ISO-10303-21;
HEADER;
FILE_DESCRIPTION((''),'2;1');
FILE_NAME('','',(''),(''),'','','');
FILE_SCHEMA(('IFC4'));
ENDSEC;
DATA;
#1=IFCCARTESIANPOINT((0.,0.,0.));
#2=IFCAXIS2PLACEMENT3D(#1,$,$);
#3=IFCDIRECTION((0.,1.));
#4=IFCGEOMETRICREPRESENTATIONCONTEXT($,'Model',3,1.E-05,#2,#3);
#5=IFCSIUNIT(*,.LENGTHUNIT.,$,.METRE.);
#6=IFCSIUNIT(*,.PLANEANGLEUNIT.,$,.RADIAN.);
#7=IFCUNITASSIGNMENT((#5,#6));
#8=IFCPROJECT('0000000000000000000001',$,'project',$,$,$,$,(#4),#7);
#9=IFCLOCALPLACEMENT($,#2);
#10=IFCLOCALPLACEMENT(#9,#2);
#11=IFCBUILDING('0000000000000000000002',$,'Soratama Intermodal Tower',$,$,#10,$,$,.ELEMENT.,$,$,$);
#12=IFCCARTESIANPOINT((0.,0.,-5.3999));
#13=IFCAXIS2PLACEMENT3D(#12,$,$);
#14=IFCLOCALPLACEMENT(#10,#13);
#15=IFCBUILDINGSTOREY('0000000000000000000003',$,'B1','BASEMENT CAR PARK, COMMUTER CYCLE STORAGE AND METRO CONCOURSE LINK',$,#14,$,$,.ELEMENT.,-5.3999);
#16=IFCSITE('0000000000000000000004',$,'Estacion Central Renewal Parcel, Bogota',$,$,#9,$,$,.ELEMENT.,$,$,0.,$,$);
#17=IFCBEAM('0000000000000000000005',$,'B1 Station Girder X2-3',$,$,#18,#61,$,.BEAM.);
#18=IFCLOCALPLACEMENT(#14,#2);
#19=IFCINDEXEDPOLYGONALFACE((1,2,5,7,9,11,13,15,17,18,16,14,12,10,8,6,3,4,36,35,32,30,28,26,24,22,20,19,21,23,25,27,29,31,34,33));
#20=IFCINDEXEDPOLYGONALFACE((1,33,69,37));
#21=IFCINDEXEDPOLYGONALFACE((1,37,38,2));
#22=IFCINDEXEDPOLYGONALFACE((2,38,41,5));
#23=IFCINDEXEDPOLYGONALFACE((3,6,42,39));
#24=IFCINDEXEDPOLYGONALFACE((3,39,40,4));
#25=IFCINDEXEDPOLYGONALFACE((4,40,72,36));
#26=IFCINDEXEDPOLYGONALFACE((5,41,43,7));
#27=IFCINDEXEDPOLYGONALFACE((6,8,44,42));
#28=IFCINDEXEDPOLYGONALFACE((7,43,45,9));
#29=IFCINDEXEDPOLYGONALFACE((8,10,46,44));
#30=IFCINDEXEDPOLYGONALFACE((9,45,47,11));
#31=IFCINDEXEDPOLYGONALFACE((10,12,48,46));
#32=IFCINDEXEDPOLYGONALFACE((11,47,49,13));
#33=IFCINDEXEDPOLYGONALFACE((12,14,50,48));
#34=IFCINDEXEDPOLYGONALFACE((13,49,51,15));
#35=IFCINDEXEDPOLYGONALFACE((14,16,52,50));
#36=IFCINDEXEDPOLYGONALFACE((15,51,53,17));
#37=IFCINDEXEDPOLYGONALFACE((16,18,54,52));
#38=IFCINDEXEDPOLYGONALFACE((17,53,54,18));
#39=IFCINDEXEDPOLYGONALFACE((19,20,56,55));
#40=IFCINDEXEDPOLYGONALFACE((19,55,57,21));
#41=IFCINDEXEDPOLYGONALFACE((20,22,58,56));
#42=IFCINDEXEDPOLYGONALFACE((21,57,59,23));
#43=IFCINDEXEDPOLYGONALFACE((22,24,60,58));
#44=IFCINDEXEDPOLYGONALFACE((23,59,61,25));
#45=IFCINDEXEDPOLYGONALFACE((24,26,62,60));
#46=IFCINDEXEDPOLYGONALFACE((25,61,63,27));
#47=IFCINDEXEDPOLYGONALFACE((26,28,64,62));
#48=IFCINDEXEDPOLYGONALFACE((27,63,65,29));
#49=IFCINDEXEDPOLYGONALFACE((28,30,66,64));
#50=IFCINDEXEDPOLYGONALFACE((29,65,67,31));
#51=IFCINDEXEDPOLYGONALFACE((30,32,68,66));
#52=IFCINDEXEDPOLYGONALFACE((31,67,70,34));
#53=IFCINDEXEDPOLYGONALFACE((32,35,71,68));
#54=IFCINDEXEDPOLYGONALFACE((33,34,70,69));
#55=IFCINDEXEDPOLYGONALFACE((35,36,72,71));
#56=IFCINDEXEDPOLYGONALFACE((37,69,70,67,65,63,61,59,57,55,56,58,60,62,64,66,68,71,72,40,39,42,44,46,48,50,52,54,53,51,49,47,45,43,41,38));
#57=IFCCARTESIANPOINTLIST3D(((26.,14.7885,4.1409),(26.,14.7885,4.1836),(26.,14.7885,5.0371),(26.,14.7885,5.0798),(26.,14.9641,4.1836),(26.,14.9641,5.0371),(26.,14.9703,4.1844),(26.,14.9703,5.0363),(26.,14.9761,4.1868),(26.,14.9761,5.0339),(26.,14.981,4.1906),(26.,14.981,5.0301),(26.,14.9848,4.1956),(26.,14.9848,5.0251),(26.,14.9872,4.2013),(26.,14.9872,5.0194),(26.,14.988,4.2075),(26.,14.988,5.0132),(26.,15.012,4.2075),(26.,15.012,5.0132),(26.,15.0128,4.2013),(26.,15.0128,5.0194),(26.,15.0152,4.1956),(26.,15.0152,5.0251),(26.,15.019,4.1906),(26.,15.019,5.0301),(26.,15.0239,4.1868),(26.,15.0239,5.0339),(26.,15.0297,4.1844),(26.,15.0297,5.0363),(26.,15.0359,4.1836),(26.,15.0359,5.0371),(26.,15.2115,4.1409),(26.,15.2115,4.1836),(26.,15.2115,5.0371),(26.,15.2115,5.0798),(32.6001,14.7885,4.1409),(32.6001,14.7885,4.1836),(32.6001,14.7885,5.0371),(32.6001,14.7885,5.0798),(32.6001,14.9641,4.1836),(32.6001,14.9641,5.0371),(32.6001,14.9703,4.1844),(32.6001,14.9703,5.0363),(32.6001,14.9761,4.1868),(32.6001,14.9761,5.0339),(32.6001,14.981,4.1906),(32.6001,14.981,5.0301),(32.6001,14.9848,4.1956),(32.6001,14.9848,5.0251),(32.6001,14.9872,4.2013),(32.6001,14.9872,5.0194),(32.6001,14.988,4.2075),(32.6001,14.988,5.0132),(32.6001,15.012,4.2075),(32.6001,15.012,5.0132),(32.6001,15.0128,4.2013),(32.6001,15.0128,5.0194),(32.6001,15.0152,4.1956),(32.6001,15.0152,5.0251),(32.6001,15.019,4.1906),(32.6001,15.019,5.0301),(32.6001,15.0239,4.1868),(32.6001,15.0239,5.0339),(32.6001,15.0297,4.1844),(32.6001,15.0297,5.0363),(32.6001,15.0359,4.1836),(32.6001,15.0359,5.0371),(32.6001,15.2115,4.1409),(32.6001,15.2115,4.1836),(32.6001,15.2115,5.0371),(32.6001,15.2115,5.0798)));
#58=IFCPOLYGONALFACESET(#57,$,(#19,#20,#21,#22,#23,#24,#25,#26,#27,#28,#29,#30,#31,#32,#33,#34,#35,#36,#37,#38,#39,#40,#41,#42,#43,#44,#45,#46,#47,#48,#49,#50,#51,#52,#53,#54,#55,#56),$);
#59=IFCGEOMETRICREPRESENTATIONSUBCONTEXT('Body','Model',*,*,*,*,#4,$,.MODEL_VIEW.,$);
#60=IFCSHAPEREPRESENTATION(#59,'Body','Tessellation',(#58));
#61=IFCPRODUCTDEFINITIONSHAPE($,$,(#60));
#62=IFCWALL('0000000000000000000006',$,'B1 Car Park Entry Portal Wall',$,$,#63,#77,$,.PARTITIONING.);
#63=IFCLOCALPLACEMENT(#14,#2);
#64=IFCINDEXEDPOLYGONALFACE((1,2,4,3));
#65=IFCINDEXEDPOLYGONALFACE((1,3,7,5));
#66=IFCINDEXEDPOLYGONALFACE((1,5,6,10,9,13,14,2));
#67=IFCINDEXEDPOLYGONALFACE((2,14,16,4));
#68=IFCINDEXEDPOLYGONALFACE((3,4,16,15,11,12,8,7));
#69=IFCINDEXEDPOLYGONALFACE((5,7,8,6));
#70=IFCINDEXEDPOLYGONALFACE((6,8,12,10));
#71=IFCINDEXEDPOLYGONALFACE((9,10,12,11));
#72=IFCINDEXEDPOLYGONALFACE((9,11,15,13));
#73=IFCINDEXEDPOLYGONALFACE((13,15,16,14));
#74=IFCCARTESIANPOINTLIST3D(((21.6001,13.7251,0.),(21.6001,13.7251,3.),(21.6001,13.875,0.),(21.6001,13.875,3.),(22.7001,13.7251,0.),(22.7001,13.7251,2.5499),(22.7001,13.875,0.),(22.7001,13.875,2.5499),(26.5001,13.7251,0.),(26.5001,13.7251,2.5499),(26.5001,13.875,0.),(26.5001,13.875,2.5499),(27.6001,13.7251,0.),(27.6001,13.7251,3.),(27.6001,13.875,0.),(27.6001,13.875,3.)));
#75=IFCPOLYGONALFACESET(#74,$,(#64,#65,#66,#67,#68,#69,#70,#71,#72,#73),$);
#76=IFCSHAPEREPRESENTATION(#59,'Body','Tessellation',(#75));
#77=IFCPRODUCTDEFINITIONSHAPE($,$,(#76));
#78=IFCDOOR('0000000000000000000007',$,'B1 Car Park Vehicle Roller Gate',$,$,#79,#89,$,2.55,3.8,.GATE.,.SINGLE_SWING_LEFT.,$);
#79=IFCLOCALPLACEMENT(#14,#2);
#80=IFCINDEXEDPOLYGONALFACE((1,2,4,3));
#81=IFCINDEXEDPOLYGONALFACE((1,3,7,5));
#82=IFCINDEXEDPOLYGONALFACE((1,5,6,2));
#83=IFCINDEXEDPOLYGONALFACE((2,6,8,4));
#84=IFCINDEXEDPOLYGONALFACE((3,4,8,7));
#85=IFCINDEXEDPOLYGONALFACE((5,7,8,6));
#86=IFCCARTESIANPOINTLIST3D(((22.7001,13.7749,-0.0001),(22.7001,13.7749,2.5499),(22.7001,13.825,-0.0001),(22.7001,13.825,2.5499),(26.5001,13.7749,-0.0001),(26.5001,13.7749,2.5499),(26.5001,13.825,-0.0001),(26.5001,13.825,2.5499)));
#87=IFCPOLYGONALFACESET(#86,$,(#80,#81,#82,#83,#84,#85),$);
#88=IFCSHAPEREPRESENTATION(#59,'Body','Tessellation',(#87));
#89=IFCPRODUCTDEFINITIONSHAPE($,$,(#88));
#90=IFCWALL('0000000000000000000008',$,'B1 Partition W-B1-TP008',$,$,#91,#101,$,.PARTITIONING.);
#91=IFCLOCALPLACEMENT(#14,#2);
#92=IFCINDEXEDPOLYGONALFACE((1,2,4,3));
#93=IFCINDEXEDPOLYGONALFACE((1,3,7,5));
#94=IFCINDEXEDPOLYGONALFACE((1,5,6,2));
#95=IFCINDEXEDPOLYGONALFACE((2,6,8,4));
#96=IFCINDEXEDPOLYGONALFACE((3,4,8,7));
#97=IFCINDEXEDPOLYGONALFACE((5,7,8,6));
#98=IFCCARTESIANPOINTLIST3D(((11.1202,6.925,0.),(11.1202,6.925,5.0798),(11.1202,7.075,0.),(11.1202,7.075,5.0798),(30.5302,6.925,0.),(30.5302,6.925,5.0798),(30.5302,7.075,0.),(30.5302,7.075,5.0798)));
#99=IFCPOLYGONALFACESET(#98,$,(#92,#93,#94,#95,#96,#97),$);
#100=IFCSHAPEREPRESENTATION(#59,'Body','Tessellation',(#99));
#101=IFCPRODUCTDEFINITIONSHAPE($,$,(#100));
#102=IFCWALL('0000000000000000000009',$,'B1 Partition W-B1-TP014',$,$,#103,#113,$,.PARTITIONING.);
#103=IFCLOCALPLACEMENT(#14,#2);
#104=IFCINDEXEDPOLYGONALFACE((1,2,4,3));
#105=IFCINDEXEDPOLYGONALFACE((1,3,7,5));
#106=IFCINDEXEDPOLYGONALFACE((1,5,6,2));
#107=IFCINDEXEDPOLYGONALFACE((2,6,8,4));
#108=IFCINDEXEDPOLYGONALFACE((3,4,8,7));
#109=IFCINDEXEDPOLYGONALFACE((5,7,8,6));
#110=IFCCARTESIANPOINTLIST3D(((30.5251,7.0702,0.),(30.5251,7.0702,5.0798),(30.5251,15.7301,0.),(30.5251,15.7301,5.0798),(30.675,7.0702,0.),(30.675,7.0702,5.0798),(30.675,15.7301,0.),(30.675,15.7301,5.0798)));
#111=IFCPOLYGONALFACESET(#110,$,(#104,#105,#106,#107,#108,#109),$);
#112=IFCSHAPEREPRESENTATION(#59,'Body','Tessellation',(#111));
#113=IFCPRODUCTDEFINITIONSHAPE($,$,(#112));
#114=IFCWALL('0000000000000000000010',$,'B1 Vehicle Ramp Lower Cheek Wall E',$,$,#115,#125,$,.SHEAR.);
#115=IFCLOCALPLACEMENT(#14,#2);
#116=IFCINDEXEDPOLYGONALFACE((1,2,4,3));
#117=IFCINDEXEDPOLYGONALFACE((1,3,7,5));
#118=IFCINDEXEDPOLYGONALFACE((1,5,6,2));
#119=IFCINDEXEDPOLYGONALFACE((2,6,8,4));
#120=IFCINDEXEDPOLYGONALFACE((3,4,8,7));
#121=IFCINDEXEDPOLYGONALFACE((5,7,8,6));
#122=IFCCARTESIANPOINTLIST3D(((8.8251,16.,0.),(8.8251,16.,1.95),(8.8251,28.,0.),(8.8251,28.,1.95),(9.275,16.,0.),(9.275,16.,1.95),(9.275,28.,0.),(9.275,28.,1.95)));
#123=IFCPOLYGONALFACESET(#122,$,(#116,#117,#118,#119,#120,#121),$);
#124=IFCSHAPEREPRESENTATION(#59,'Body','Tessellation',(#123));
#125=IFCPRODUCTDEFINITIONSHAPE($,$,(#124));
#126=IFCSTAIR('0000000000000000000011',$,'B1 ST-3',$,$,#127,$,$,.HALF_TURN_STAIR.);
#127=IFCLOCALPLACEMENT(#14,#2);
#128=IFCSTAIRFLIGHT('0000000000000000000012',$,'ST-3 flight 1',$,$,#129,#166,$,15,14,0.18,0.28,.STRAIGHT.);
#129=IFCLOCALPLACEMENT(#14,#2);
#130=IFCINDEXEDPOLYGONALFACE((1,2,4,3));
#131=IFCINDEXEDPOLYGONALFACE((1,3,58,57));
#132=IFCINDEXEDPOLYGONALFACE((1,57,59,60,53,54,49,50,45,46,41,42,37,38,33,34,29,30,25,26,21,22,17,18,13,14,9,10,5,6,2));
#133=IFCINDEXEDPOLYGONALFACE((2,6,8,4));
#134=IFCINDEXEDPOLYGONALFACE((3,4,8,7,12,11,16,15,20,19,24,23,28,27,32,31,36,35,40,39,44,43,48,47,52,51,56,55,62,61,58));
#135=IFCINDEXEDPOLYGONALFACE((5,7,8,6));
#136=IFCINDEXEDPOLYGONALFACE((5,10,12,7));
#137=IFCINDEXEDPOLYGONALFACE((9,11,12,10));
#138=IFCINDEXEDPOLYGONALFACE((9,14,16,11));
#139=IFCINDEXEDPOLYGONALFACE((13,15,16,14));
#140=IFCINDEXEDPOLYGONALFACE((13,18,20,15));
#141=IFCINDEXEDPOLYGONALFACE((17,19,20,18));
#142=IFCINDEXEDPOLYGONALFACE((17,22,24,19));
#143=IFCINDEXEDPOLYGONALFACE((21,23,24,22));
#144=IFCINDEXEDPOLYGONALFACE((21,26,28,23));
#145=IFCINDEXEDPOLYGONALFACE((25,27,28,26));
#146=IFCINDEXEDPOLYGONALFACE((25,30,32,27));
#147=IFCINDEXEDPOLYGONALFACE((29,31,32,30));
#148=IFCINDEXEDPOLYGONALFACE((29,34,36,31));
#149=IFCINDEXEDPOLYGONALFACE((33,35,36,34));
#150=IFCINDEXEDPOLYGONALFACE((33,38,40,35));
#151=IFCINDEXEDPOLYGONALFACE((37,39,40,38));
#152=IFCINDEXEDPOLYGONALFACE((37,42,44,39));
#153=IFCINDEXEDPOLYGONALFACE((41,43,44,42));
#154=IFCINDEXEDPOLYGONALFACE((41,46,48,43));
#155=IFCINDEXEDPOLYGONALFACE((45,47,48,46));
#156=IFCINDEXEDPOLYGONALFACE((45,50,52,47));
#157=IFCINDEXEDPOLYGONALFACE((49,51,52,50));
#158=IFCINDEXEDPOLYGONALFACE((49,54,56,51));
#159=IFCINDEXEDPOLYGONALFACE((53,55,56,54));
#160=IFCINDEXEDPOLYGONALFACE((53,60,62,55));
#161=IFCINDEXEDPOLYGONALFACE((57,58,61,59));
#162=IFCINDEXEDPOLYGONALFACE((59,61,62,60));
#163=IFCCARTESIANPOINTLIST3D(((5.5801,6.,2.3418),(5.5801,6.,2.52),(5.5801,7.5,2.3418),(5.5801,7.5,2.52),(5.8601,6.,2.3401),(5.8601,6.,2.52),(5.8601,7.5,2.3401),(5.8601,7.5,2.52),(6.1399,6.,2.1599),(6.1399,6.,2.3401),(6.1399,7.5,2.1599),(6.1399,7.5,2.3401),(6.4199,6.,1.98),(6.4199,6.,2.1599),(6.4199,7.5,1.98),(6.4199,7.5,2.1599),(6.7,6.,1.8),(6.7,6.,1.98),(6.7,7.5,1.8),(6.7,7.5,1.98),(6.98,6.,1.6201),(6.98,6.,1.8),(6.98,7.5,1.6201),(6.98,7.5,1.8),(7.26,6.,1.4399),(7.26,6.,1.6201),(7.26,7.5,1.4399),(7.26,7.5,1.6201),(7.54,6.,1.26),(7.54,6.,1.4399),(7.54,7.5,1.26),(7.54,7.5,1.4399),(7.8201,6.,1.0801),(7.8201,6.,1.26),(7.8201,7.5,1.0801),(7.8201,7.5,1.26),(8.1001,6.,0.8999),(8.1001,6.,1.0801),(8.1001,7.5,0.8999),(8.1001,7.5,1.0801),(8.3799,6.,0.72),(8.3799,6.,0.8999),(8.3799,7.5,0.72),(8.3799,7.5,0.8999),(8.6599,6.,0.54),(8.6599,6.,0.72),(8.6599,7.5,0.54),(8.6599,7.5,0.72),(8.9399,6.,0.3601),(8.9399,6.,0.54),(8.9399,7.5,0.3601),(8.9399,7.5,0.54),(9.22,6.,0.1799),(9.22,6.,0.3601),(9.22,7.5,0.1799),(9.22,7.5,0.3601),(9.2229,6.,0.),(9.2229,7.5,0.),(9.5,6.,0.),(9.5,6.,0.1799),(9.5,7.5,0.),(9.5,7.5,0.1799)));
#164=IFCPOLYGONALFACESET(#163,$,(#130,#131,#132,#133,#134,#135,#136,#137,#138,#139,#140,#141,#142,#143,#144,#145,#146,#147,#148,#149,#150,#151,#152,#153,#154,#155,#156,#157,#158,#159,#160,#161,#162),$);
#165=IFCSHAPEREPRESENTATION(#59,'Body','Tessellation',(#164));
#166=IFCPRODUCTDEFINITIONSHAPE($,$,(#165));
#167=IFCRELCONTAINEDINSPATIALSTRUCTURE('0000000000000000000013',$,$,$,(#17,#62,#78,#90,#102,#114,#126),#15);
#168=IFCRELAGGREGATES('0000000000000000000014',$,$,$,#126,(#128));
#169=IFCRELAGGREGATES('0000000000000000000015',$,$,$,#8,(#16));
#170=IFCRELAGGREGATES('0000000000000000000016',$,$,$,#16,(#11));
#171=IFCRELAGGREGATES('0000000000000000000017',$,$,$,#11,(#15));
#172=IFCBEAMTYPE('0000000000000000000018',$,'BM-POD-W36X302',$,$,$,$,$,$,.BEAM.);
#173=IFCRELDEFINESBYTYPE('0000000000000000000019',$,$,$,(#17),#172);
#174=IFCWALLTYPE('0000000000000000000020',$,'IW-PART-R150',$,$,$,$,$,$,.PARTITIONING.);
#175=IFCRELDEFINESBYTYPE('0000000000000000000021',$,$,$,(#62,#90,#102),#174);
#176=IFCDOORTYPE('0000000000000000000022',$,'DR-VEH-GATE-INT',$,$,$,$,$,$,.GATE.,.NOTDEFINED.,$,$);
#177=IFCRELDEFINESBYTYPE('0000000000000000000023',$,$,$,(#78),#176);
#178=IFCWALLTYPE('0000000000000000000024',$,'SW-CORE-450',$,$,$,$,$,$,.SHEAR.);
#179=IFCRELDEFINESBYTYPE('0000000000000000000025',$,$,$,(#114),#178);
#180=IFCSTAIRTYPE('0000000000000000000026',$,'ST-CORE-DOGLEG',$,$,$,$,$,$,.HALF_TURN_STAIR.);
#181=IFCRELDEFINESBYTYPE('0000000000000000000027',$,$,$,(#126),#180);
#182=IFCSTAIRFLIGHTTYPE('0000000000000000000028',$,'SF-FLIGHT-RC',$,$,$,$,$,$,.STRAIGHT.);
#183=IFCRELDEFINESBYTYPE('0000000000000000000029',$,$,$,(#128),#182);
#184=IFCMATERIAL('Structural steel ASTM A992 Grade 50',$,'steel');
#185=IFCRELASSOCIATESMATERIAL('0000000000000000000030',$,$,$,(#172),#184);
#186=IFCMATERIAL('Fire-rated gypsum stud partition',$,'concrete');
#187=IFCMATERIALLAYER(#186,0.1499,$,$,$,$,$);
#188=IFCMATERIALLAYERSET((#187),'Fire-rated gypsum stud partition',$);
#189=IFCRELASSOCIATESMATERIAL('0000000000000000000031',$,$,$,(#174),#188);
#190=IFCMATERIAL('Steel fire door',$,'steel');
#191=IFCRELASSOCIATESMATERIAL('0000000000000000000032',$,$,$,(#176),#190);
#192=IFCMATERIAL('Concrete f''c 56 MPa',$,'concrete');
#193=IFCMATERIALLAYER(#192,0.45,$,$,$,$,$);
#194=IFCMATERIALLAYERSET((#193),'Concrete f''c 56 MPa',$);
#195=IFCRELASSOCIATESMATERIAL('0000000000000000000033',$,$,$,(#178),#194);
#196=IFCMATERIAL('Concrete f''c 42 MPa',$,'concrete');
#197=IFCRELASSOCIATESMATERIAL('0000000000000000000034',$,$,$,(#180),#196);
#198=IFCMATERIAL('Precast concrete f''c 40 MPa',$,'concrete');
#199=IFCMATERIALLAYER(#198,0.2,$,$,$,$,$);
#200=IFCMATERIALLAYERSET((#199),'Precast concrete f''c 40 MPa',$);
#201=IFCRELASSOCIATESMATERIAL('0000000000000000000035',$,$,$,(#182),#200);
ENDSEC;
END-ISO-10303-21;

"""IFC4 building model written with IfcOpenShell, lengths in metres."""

from ifc_helpers import new_model, si_unit, direction, frame, frame_2d, origin, origin_2d, place, context, subcontext, project, spatial, polyline, rectangle, i_section, outline, extrude, material, layer, layer_set, material_profile, profile_set, type_object, element, fill, aggregate, save


model = new_model("IFC4")

# Units and contexts
model_context = context("Model", 3, precision=1e-05, world=origin(), true_north=direction((0.0, 1.0)))
body_context = subcontext(model_context, "Body", "Model", "MODEL_VIEW")
ifc_project = project(units=[si_unit("LENGTHUNIT", "METRE"), si_unit("PLANEANGLEUNIT", "RADIAN")], contexts=[model_context])

# Site, building, storey
site_placement = place(None, origin())
site = spatial("IfcSite", under=ifc_project, at=site_placement, Name="Estacion Central Renewal Parcel, Bogota", CompositionType="ELEMENT", RefElevation=0.0)
building_placement = place(site_placement, origin())
building = spatial("IfcBuilding", under=site, at=building_placement, Name="Soratama Intermodal Tower", CompositionType="ELEMENT")
storey_placement = place(building_placement, frame((0.0, 0.0, -5.3999)))
storey = spatial("IfcBuildingStorey", under=building, at=storey_placement, Name="B1", Description="BASEMENT CAR PARK, COMMUTER CYCLE STORAGE AND METRO CONCOURSE LINK", CompositionType="ELEMENT", Elevation=-5.3999)

# Beam
ifc_material_1 = material(Name="Structural steel ASTM A992 Grade 50", Category="steel")
ifc_material_profile_1 = material_profile(ifc_material_1, i_section(OverallWidth=0.4231, OverallDepth=0.939, WebThickness=0.0239, FlangeThickness=0.0427, FilletRadius=0.0239, at=origin_2d()), Name="W36X302")
ifc_profile_set_1 = profile_set([ifc_material_profile_1], Name="Structural steel ASTM A992 Grade 50")
beam_type_1 = type_object("IfcBeamType", Name="BM-POD-W36X302", PredefinedType="BEAM", material=ifc_profile_set_1)
beam_1_placement = place(storey_placement, frame((26.0, 15.0, 4.6104), z_axis=(1.0, 0.0, 0.0), x_axis=(0.0, 1.0, 0.0)))
element("IfcBeam", 1, at=beam_1_placement, inside=storey, type_object=beam_type_1, Name="B1 Station Girder X2-3", PredefinedType="BEAM", context=body_context, shape_type="SweptSolid", body=[
    extrude(i_section(OverallWidth=0.4231, OverallDepth=0.939, WebThickness=0.0239, FlangeThickness=0.0427, FilletRadius=0.0239, at=origin_2d()), origin(), (0.0, 0.0, 1.0), 6.6001),
])

# Wall, opening, door
ifc_material_2 = material(Name="Fire-rated gypsum stud partition", Category="concrete")
ifc_layer_1 = layer(ifc_material_2, 0.1499)
ifc_layer_set_1 = layer_set([ifc_layer_1], Name="Fire-rated gypsum stud partition")
wall_type_1 = type_object("IfcWallType", Name="IW-PART-R150", PredefinedType="PARTITIONING", material=ifc_layer_set_1)
wall_1_placement = place(storey_placement, frame((21.6001, 13.8, 0.0), z_axis=(0.0, 0.0, 1.0), x_axis=(1.0, 0.0, 0.0)))
wall_1 = element("IfcWall", 2, at=wall_1_placement, inside=storey, type_object=wall_type_1, Name="B1 Car Park Entry Portal Wall", PredefinedType="PARTITIONING", context=body_context, shape_type="SweptSolid", body=[
    extrude(rectangle(XDim=6.0, YDim=0.1499, at=frame_2d((3.0, 0.0))), origin(), (0.0, 0.0, 1.0), 3.0),
])
opening_1_placement = place(wall_1_placement, frame((1.1001, 0.0, 0.0)))
opening_1 = element("IfcOpeningElement", 3, at=opening_1_placement, cuts=wall_1, PredefinedType="OPENING", context=body_context, shape_type="SweptSolid", body=[
    extrude(rectangle(XDim=3.8, YDim=2.55, at=frame_2d((1.8999, 1.2749))), frame((0.0, 0.085, 0.0), z_axis=(0.0, -1.0, 0.0), x_axis=(1.0, 0.0, 0.0)), (0.0, 0.0, 1.0), 0.1699),
])
ifc_material_3 = material(Name="Steel fire door", Category="steel")
door_type_1 = type_object("IfcDoorType", Name="DR-VEH-GATE-INT", OperationType="NOTDEFINED", PredefinedType="GATE", material=ifc_material_3)
door_1_placement = place(opening_1_placement, origin())
door_1 = element("IfcDoor", 4, at=door_1_placement, inside=storey, type_object=door_type_1, Name="B1 Car Park Vehicle Roller Gate", OperationType="SINGLE_SWING_LEFT", OverallHeight=2.55, OverallWidth=3.8, PredefinedType="GATE", context=body_context, shape_type="SweptSolid", body=[
    extrude(rectangle(XDim=3.8, YDim=2.55, at=frame_2d((1.8999, 1.2749))), frame((0.0, 0.0249, 0.0), z_axis=(0.0, -1.0, 0.0), x_axis=(1.0, 0.0, 0.0)), (0.0, 0.0, 1.0), 0.05),
])
fill(opening_1, door_1)

# Walls
wall_2_placement = place(storey_placement, frame((11.1201, 7.0, 0.0), z_axis=(0.0, 0.0, 1.0), x_axis=(1.0, 0.0, 0.0)))
element("IfcWall", 5, at=wall_2_placement, inside=storey, type_object=wall_type_1, Name="B1 Partition W-B1-TP008", PredefinedType="PARTITIONING", context=body_context, shape_type="SweptSolid", body=[
    extrude(rectangle(XDim=19.4099, YDim=0.1499, at=frame_2d((9.7051, 0.0))), origin(), (0.0, 0.0, 1.0), 5.0798),
])
wall_3_placement = place(storey_placement, frame((30.6001, 7.0701, 0.0), z_axis=(0.0, 0.0, 1.0), x_axis=(0.0, 1.0, 0.0)))
element("IfcWall", 6, at=wall_3_placement, inside=storey, type_object=wall_type_1, Name="B1 Partition W-B1-TP014", PredefinedType="PARTITIONING", context=body_context, shape_type="SweptSolid", body=[
    extrude(rectangle(XDim=8.6599, YDim=0.1499, at=frame_2d((4.3301, 0.0))), origin(), (0.0, 0.0, 1.0), 5.0798),
])
ifc_material_4 = material(Name="Concrete f'c 56 MPa", Category="concrete")
ifc_layer_2 = layer(ifc_material_4, 0.45)
ifc_layer_set_2 = layer_set([ifc_layer_2], Name="Concrete f'c 56 MPa")
wall_type_2 = type_object("IfcWallType", Name="SW-CORE-450", PredefinedType="SHEAR", material=ifc_layer_set_2)
wall_4_placement = place(storey_placement, frame((9.05, 16.0, 0.0), z_axis=(0.0, 0.0, 1.0), x_axis=(0.0, 1.0, 0.0)))
element("IfcWall", 7, at=wall_4_placement, inside=storey, type_object=wall_type_2, Name="B1 Vehicle Ramp Lower Cheek Wall E", PredefinedType="SHEAR", context=body_context, shape_type="SweptSolid", body=[
    extrude(rectangle(XDim=12.0, YDim=0.45, at=frame_2d((6.0, 0.0))), origin(), (0.0, 0.0, 1.0), 1.95),
])

# Stair, stair flight
ifc_material_5 = material(Name="Concrete f'c 42 MPa", Category="concrete")
stair_type = type_object("IfcStairType", Name="ST-CORE-DOGLEG", PredefinedType="HALF_TURN_STAIR", material=ifc_material_5)
stair_placement = place(storey_placement, origin())
stair = element("IfcStair", 8, at=stair_placement, inside=storey, type_object=stair_type, Name="B1 ST-3", PredefinedType="HALF_TURN_STAIR")
ifc_material_6 = material(Name="Precast concrete f'c 40 MPa", Category="concrete")
ifc_layer_3 = layer(ifc_material_6, 0.2)
ifc_layer_set_3 = layer_set([ifc_layer_3], Name="Precast concrete f'c 40 MPa")
stair_flight_type = type_object("IfcStairFlightType", Name="SF-FLIGHT-RC", PredefinedType="STRAIGHT", material=ifc_layer_set_3)
stair_flight_placement = place(storey_placement, frame((9.5, 6.75, 0.0), z_axis=(0.0, 0.0, 1.0), x_axis=(-1.0, 0.0, 0.0)))
stair_flight = element("IfcStairFlight", 9, at=stair_flight_placement, type_object=stair_flight_type, Name="ST-3 flight 1", NumberOfRisers=15, NumberOfTreads=14, PredefinedType="STRAIGHT", RiserHeight=0.18, TreadLength=0.28, context=body_context, shape_type="SweptSolid", body=[
    extrude(outline(polyline([(0.0, 0.0), (0.0, 0.1799), (0.28, 0.1799), (0.28, 0.3601), (0.5601, 0.3601), (0.5601, 0.54), (0.8401, 0.54), (0.8401, 0.72), (1.1201, 0.72), (1.1201, 0.8999), (1.3999, 0.8999), (1.3999, 1.0801), (1.6799, 1.0801), (1.6799, 1.26), (1.96, 1.26), (1.96, 1.4399), (2.24, 1.4399), (2.24, 1.6201), (2.52, 1.6201), (2.52, 1.8), (2.8, 1.8), (2.8, 1.98), (3.0801, 1.98), (3.0801, 2.1599), (3.3601, 2.1599), (3.3601, 2.3401), (3.6399, 2.3401), (3.6399, 2.52), (3.9199, 2.52), (3.9199, 2.7), (3.9199, 2.3418), (0.2771, 0.0), (0.0, 0.0)])), frame((0.0, 0.75, 0.0), z_axis=(0.0, -1.0, 0.0), x_axis=(1.0, 0.0, 0.0)), (0.0, 0.0, 1.0), 1.5),
])
aggregate(stair, [stair_flight])

save(model, "model.ifc")
